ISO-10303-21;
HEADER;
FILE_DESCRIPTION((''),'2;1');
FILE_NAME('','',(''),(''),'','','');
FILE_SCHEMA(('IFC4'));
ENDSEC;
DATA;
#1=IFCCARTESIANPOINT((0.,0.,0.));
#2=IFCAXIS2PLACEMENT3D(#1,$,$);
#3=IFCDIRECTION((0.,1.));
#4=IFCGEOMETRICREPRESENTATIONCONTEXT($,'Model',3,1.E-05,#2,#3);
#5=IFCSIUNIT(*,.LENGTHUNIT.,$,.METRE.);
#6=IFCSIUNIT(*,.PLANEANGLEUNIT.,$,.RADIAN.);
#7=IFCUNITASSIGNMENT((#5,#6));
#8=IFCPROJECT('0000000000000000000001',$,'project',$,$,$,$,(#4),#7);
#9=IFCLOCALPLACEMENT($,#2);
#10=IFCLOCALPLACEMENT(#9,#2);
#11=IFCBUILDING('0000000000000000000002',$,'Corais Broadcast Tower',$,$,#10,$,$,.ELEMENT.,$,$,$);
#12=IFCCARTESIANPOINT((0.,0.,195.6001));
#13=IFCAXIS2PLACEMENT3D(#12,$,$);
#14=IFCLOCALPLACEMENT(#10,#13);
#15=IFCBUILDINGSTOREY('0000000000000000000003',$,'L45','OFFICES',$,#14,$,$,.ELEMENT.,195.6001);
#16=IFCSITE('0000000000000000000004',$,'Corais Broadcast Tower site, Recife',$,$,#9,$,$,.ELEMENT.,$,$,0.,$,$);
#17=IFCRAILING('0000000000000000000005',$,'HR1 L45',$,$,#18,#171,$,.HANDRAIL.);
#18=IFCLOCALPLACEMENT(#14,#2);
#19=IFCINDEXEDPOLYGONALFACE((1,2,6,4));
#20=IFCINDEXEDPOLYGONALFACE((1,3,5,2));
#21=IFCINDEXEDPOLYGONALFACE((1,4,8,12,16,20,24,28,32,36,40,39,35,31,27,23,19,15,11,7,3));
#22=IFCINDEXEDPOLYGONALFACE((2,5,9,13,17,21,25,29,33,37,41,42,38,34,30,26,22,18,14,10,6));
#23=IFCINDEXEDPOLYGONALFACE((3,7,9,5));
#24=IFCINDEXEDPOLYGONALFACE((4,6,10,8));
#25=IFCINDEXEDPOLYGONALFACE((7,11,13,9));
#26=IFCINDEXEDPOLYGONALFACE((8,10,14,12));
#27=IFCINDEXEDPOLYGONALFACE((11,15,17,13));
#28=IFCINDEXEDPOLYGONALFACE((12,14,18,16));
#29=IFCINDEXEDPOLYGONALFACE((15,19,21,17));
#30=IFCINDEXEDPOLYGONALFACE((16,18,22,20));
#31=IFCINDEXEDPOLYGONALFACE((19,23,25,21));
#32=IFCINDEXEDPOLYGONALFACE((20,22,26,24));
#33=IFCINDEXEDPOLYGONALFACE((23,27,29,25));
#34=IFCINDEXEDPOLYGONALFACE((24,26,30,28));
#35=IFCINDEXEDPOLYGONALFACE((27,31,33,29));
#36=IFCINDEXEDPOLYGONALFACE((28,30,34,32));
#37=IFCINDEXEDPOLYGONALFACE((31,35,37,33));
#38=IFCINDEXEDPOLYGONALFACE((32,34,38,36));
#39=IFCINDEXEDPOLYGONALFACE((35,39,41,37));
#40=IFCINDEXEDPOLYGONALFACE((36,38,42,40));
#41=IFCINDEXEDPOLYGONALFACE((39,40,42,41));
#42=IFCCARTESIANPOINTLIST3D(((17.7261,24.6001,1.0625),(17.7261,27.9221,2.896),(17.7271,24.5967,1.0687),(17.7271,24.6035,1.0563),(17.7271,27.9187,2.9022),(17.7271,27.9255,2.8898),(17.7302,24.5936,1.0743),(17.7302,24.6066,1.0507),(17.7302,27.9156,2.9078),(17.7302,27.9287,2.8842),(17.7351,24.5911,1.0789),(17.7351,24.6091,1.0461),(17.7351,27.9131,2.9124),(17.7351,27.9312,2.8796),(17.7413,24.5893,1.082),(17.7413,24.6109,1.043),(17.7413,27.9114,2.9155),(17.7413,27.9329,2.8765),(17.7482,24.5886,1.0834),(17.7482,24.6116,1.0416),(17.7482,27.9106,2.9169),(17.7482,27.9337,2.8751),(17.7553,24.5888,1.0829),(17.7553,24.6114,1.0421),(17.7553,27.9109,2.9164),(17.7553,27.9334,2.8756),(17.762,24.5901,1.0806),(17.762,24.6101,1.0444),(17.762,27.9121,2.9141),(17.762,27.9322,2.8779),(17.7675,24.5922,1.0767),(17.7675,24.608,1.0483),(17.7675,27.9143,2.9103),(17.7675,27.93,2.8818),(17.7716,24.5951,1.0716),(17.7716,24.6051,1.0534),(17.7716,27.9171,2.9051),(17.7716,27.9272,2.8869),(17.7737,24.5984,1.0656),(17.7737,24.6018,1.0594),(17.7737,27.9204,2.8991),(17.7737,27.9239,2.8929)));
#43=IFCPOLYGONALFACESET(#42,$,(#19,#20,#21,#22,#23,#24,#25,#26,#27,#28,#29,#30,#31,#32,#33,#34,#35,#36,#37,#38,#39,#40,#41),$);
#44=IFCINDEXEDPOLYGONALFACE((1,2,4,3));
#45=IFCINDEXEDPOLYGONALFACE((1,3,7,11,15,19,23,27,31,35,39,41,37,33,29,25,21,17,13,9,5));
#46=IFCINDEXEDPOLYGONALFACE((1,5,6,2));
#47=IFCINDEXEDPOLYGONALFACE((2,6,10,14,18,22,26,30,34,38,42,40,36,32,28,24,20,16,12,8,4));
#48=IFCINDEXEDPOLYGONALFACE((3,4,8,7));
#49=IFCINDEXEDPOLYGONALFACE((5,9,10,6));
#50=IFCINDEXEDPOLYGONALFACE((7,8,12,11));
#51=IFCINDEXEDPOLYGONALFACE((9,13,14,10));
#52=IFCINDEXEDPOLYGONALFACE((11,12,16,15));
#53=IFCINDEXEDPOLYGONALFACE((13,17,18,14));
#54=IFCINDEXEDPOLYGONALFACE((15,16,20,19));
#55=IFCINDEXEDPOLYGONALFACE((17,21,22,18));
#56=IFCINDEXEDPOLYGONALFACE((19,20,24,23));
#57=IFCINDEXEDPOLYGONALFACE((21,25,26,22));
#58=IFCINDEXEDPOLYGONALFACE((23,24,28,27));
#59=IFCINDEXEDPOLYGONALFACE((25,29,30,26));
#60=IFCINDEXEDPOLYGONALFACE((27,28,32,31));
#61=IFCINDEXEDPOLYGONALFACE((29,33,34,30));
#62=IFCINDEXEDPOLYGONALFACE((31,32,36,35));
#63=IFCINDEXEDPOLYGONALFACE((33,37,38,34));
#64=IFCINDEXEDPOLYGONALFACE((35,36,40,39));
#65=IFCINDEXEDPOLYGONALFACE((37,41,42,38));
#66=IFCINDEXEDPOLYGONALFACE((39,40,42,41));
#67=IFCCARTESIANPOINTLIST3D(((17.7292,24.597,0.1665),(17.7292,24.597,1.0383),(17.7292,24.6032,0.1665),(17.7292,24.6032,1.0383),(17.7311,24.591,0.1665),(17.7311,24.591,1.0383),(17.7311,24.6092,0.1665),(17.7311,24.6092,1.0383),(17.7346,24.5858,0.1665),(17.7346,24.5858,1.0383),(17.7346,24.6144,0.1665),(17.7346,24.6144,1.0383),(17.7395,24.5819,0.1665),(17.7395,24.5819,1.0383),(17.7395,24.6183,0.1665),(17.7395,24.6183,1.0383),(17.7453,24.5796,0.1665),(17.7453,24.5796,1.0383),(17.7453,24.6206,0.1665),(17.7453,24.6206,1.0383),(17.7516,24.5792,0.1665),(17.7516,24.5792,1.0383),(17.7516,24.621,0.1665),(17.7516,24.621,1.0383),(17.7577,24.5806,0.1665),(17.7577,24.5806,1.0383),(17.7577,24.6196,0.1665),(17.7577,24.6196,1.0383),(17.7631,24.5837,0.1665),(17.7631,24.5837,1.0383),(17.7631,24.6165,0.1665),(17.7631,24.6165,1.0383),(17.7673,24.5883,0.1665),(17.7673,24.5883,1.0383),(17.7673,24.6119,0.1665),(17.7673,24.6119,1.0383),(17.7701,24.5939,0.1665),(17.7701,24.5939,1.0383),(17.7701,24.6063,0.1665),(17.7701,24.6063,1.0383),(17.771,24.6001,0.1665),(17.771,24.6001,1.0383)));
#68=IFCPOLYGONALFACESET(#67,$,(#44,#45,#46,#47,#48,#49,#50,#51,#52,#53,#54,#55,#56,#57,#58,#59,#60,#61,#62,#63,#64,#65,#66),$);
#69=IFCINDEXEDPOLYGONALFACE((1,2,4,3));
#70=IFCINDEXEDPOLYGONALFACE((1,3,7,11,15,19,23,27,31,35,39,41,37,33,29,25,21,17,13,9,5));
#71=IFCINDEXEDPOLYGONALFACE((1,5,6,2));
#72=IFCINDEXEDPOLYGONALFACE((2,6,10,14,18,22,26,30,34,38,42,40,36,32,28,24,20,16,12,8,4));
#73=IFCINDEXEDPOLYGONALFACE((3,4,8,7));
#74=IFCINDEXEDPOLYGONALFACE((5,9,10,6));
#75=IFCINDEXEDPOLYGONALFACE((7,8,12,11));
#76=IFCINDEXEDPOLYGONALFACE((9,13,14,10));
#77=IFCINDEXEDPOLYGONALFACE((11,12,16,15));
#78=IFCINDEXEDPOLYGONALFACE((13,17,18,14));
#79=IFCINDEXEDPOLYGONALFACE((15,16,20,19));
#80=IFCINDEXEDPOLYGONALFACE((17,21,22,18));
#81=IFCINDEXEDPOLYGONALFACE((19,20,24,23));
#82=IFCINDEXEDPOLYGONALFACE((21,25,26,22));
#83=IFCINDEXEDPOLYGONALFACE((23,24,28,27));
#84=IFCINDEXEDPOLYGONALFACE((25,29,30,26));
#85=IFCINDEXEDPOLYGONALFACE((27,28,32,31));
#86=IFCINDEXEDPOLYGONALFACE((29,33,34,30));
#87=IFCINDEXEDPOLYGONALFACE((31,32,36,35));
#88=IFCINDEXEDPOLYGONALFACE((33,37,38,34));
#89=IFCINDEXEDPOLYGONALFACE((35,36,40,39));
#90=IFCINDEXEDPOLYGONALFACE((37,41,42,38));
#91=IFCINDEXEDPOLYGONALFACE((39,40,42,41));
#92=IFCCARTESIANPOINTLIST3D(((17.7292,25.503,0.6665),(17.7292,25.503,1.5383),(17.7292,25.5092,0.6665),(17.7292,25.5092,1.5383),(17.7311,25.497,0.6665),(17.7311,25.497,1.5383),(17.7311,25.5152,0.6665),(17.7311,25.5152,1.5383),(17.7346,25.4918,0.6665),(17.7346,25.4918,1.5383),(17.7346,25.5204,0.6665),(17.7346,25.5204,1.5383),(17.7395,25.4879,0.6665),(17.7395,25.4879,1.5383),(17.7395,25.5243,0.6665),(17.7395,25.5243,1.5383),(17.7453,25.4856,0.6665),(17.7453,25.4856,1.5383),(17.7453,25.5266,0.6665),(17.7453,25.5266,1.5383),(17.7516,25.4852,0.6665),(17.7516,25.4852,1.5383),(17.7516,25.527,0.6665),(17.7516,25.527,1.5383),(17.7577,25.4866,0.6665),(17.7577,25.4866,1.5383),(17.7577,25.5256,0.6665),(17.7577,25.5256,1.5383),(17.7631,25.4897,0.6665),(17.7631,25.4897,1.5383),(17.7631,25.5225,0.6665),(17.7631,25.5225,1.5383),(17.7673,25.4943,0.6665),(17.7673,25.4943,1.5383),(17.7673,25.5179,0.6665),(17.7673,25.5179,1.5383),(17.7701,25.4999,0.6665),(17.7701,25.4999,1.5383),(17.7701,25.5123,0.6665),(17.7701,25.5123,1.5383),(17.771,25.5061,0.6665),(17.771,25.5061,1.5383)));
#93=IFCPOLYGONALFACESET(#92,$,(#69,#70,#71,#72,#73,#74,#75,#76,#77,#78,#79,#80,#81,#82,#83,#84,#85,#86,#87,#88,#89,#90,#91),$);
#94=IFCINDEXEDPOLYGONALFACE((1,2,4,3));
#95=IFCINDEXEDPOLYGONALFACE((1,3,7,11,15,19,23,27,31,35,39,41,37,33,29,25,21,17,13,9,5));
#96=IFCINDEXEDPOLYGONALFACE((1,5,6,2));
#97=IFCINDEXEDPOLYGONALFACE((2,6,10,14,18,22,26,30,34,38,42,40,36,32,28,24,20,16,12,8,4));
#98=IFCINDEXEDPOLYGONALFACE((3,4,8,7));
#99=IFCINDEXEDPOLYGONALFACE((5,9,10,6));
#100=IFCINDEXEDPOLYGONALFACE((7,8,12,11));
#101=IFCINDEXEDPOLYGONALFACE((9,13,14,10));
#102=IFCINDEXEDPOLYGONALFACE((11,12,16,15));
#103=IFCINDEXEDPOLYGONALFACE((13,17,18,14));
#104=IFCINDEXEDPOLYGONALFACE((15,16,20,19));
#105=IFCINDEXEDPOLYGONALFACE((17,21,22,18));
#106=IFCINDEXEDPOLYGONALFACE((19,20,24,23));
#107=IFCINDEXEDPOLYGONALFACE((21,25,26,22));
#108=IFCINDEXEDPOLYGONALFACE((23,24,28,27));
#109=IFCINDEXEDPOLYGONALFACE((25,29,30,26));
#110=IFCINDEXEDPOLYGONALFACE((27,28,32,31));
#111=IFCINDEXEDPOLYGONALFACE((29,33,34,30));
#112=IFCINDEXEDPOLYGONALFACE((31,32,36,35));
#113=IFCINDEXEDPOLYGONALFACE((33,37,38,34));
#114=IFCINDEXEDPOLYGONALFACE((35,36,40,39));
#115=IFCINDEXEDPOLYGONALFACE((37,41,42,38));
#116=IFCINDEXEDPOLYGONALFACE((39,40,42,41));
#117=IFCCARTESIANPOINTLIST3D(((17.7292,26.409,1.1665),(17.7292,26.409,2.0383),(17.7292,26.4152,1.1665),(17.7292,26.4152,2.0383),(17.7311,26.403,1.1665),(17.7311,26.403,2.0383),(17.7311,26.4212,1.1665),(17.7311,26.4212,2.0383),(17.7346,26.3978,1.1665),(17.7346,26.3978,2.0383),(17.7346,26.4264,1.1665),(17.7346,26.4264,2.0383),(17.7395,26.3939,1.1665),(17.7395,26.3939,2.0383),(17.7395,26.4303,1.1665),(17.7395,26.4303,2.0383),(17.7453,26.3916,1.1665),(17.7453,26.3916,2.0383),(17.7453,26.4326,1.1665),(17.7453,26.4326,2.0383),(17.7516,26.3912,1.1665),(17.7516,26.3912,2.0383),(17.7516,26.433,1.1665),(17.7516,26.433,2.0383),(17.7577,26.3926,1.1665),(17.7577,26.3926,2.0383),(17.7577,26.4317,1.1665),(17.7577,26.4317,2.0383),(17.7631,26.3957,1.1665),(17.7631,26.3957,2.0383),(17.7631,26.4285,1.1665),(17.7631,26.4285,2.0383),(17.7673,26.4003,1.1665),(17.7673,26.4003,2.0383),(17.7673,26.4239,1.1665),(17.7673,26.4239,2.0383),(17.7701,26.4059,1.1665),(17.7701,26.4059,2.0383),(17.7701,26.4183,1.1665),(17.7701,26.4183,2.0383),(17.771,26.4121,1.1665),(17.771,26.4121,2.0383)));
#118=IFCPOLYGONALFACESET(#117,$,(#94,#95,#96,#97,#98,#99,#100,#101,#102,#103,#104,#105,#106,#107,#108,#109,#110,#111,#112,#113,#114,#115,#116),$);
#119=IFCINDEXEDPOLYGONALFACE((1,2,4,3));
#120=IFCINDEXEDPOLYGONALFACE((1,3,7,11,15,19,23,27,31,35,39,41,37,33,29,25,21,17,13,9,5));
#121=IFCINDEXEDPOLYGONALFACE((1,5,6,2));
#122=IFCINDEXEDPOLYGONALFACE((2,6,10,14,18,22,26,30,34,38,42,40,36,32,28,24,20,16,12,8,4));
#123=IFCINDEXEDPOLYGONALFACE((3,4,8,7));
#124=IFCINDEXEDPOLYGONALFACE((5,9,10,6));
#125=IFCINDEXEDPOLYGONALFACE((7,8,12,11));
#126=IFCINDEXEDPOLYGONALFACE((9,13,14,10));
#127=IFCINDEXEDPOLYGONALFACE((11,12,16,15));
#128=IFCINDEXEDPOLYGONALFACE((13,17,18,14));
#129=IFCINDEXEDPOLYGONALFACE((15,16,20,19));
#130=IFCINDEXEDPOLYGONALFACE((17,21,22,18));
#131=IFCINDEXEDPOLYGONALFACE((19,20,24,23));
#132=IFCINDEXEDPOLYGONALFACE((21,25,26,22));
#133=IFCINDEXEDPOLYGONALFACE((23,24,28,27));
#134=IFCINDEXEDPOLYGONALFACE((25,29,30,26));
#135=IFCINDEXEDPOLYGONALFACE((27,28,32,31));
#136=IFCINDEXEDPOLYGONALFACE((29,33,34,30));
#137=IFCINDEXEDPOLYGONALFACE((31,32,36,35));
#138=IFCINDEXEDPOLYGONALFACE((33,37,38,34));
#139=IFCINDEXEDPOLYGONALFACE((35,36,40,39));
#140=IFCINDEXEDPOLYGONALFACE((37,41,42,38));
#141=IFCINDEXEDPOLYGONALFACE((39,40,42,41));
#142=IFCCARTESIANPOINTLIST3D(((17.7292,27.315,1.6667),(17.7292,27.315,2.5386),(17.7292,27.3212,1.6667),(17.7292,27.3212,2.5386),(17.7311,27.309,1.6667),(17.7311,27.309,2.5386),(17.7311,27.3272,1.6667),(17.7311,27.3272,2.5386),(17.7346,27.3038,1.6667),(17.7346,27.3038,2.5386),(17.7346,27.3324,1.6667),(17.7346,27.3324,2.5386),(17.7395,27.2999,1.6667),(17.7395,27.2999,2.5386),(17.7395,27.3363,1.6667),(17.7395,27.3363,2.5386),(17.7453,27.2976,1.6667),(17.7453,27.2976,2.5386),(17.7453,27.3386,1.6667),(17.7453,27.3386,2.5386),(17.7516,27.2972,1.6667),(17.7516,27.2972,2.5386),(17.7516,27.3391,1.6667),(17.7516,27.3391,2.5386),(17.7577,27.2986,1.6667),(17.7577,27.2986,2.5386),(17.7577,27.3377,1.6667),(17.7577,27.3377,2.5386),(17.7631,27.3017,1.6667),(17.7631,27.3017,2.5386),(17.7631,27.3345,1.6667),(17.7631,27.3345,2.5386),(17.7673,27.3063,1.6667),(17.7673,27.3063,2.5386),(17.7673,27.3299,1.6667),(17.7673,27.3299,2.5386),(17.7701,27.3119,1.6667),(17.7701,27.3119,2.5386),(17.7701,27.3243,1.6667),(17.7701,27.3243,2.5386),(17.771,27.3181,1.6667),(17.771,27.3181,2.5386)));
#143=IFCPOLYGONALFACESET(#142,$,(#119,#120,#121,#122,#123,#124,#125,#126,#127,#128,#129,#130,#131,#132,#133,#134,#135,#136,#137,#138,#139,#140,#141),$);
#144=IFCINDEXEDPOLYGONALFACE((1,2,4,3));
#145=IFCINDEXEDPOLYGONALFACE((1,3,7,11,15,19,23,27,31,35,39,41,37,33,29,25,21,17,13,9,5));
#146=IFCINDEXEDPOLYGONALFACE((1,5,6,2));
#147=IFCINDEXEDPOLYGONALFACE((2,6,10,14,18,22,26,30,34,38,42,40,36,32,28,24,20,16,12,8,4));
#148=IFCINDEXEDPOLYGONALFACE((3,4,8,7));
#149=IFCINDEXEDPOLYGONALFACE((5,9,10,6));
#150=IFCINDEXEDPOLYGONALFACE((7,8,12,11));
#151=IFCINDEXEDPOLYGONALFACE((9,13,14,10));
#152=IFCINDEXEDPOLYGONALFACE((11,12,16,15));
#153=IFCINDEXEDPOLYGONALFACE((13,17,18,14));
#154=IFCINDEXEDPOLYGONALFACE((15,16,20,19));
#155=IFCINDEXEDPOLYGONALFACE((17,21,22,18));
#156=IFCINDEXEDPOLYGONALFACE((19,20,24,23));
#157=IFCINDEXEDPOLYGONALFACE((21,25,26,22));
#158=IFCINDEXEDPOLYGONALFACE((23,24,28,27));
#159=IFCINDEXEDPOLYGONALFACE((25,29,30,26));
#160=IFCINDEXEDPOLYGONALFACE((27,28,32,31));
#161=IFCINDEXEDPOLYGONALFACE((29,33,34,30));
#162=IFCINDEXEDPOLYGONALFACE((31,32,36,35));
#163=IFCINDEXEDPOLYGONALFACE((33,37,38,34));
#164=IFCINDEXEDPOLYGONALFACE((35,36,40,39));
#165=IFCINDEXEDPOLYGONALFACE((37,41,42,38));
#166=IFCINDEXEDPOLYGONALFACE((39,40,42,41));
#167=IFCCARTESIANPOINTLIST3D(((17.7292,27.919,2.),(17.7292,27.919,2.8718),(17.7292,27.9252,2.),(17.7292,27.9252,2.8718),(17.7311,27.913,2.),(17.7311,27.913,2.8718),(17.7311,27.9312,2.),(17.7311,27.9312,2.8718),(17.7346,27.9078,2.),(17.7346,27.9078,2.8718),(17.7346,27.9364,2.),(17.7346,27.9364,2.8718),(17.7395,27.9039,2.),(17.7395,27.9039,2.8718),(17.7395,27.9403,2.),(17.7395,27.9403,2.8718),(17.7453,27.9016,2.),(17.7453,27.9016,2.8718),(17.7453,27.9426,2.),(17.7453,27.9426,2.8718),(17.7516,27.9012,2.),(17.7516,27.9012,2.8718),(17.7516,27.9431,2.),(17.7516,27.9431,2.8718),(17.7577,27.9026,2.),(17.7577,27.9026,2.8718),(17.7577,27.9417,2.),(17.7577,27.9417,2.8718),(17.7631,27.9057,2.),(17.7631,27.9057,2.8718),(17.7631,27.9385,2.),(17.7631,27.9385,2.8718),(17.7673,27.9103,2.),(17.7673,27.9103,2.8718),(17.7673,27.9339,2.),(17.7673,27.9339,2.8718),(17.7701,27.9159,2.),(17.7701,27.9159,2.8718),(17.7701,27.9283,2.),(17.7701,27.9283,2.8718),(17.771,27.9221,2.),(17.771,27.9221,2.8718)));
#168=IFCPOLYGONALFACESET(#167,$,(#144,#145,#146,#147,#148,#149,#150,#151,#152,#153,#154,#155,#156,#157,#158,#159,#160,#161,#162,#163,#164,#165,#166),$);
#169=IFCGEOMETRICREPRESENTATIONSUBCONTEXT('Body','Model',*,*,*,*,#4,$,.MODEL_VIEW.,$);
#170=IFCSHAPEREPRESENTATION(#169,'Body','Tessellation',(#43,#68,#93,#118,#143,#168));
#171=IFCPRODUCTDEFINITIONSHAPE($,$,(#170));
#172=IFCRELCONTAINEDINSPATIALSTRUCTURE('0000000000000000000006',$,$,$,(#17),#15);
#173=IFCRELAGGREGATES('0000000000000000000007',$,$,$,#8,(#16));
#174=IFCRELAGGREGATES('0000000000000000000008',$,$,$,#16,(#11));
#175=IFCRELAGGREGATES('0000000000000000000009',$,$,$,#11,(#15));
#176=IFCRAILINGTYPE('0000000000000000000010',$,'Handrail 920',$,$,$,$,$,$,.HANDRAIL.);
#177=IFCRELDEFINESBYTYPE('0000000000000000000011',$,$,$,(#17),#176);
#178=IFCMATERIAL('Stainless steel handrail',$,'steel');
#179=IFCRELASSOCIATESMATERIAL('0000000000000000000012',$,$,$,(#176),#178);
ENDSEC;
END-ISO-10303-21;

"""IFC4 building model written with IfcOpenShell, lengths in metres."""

from ifc_helpers import new_model, si_unit, direction, frame, origin, origin_2d, place, context, subcontext, project, spatial, circle, extrude, material, type_object, element, save


model = new_model("IFC4")

# Units and contexts
model_context = context("Model", 3, precision=1e-05, world=origin(), true_north=direction((0.0, 1.0)))
body_context = subcontext(model_context, "Body", "Model", "MODEL_VIEW")
ifc_project = project(units=[si_unit("LENGTHUNIT", "METRE"), si_unit("PLANEANGLEUNIT", "RADIAN")], contexts=[model_context])

# Site, building, storey
site_placement = place(None, origin())
site = spatial("IfcSite", under=ifc_project, at=site_placement, Name="Corais Broadcast Tower site, Recife", CompositionType="ELEMENT", RefElevation=0.0)
building_placement = place(site_placement, origin())
building = spatial("IfcBuilding", under=site, at=building_placement, Name="Corais Broadcast Tower", CompositionType="ELEMENT")
storey_placement = place(building_placement, frame((0.0, 0.0, 195.6001)))
storey = spatial("IfcBuildingStorey", under=building, at=storey_placement, Name="L45", Description="OFFICES", CompositionType="ELEMENT", Elevation=195.6001)

# Railing
ifc_material_1 = material(Name="Stainless steel handrail", Category="steel")
railing_type = type_object("IfcRailingType", Name="Handrail 920", PredefinedType="HANDRAIL", material=ifc_material_1)
for number, where, name in (
    (1, (17.75, 24.6001, 0.1665), "HR1 L45"),
):
    element("IfcRailing", number, at=place(storey_placement, frame(where)), inside=storey, type_object=railing_type, Name=name, PredefinedType="HANDRAIL", context=body_context, shape_type="SweptSolid", body=[
        extrude(circle(Radius=0.0239, at=origin_2d()), frame((0.0, 0.0, 0.896), z_axis=(0.0, 0.875504, 0.48321), x_axis=(-1.0, 0.0, 0.0)), (0.0, 0.0, 1.0), 3.7944),
        extrude(circle(Radius=0.021, at=origin_2d()), origin(), (0.0, 0.0, 1.0), 0.8718),
        extrude(circle(Radius=0.021, at=origin_2d()), frame((0.0, 0.906, 0.5)), (0.0, 0.0, 1.0), 0.8718),
        extrude(circle(Radius=0.021, at=origin_2d()), frame((0.0, 1.812, 1.0)), (0.0, 0.0, 1.0), 0.8718),
        extrude(circle(Radius=0.021, at=origin_2d()), frame((0.0, 2.718, 1.5002)), (0.0, 0.0, 1.0), 0.8718),
        extrude(circle(Radius=0.021, at=origin_2d()), frame((0.0, 3.322, 1.8335)), (0.0, 0.0, 1.0), 0.8718),
    ])

save(model, "model.ifc")
